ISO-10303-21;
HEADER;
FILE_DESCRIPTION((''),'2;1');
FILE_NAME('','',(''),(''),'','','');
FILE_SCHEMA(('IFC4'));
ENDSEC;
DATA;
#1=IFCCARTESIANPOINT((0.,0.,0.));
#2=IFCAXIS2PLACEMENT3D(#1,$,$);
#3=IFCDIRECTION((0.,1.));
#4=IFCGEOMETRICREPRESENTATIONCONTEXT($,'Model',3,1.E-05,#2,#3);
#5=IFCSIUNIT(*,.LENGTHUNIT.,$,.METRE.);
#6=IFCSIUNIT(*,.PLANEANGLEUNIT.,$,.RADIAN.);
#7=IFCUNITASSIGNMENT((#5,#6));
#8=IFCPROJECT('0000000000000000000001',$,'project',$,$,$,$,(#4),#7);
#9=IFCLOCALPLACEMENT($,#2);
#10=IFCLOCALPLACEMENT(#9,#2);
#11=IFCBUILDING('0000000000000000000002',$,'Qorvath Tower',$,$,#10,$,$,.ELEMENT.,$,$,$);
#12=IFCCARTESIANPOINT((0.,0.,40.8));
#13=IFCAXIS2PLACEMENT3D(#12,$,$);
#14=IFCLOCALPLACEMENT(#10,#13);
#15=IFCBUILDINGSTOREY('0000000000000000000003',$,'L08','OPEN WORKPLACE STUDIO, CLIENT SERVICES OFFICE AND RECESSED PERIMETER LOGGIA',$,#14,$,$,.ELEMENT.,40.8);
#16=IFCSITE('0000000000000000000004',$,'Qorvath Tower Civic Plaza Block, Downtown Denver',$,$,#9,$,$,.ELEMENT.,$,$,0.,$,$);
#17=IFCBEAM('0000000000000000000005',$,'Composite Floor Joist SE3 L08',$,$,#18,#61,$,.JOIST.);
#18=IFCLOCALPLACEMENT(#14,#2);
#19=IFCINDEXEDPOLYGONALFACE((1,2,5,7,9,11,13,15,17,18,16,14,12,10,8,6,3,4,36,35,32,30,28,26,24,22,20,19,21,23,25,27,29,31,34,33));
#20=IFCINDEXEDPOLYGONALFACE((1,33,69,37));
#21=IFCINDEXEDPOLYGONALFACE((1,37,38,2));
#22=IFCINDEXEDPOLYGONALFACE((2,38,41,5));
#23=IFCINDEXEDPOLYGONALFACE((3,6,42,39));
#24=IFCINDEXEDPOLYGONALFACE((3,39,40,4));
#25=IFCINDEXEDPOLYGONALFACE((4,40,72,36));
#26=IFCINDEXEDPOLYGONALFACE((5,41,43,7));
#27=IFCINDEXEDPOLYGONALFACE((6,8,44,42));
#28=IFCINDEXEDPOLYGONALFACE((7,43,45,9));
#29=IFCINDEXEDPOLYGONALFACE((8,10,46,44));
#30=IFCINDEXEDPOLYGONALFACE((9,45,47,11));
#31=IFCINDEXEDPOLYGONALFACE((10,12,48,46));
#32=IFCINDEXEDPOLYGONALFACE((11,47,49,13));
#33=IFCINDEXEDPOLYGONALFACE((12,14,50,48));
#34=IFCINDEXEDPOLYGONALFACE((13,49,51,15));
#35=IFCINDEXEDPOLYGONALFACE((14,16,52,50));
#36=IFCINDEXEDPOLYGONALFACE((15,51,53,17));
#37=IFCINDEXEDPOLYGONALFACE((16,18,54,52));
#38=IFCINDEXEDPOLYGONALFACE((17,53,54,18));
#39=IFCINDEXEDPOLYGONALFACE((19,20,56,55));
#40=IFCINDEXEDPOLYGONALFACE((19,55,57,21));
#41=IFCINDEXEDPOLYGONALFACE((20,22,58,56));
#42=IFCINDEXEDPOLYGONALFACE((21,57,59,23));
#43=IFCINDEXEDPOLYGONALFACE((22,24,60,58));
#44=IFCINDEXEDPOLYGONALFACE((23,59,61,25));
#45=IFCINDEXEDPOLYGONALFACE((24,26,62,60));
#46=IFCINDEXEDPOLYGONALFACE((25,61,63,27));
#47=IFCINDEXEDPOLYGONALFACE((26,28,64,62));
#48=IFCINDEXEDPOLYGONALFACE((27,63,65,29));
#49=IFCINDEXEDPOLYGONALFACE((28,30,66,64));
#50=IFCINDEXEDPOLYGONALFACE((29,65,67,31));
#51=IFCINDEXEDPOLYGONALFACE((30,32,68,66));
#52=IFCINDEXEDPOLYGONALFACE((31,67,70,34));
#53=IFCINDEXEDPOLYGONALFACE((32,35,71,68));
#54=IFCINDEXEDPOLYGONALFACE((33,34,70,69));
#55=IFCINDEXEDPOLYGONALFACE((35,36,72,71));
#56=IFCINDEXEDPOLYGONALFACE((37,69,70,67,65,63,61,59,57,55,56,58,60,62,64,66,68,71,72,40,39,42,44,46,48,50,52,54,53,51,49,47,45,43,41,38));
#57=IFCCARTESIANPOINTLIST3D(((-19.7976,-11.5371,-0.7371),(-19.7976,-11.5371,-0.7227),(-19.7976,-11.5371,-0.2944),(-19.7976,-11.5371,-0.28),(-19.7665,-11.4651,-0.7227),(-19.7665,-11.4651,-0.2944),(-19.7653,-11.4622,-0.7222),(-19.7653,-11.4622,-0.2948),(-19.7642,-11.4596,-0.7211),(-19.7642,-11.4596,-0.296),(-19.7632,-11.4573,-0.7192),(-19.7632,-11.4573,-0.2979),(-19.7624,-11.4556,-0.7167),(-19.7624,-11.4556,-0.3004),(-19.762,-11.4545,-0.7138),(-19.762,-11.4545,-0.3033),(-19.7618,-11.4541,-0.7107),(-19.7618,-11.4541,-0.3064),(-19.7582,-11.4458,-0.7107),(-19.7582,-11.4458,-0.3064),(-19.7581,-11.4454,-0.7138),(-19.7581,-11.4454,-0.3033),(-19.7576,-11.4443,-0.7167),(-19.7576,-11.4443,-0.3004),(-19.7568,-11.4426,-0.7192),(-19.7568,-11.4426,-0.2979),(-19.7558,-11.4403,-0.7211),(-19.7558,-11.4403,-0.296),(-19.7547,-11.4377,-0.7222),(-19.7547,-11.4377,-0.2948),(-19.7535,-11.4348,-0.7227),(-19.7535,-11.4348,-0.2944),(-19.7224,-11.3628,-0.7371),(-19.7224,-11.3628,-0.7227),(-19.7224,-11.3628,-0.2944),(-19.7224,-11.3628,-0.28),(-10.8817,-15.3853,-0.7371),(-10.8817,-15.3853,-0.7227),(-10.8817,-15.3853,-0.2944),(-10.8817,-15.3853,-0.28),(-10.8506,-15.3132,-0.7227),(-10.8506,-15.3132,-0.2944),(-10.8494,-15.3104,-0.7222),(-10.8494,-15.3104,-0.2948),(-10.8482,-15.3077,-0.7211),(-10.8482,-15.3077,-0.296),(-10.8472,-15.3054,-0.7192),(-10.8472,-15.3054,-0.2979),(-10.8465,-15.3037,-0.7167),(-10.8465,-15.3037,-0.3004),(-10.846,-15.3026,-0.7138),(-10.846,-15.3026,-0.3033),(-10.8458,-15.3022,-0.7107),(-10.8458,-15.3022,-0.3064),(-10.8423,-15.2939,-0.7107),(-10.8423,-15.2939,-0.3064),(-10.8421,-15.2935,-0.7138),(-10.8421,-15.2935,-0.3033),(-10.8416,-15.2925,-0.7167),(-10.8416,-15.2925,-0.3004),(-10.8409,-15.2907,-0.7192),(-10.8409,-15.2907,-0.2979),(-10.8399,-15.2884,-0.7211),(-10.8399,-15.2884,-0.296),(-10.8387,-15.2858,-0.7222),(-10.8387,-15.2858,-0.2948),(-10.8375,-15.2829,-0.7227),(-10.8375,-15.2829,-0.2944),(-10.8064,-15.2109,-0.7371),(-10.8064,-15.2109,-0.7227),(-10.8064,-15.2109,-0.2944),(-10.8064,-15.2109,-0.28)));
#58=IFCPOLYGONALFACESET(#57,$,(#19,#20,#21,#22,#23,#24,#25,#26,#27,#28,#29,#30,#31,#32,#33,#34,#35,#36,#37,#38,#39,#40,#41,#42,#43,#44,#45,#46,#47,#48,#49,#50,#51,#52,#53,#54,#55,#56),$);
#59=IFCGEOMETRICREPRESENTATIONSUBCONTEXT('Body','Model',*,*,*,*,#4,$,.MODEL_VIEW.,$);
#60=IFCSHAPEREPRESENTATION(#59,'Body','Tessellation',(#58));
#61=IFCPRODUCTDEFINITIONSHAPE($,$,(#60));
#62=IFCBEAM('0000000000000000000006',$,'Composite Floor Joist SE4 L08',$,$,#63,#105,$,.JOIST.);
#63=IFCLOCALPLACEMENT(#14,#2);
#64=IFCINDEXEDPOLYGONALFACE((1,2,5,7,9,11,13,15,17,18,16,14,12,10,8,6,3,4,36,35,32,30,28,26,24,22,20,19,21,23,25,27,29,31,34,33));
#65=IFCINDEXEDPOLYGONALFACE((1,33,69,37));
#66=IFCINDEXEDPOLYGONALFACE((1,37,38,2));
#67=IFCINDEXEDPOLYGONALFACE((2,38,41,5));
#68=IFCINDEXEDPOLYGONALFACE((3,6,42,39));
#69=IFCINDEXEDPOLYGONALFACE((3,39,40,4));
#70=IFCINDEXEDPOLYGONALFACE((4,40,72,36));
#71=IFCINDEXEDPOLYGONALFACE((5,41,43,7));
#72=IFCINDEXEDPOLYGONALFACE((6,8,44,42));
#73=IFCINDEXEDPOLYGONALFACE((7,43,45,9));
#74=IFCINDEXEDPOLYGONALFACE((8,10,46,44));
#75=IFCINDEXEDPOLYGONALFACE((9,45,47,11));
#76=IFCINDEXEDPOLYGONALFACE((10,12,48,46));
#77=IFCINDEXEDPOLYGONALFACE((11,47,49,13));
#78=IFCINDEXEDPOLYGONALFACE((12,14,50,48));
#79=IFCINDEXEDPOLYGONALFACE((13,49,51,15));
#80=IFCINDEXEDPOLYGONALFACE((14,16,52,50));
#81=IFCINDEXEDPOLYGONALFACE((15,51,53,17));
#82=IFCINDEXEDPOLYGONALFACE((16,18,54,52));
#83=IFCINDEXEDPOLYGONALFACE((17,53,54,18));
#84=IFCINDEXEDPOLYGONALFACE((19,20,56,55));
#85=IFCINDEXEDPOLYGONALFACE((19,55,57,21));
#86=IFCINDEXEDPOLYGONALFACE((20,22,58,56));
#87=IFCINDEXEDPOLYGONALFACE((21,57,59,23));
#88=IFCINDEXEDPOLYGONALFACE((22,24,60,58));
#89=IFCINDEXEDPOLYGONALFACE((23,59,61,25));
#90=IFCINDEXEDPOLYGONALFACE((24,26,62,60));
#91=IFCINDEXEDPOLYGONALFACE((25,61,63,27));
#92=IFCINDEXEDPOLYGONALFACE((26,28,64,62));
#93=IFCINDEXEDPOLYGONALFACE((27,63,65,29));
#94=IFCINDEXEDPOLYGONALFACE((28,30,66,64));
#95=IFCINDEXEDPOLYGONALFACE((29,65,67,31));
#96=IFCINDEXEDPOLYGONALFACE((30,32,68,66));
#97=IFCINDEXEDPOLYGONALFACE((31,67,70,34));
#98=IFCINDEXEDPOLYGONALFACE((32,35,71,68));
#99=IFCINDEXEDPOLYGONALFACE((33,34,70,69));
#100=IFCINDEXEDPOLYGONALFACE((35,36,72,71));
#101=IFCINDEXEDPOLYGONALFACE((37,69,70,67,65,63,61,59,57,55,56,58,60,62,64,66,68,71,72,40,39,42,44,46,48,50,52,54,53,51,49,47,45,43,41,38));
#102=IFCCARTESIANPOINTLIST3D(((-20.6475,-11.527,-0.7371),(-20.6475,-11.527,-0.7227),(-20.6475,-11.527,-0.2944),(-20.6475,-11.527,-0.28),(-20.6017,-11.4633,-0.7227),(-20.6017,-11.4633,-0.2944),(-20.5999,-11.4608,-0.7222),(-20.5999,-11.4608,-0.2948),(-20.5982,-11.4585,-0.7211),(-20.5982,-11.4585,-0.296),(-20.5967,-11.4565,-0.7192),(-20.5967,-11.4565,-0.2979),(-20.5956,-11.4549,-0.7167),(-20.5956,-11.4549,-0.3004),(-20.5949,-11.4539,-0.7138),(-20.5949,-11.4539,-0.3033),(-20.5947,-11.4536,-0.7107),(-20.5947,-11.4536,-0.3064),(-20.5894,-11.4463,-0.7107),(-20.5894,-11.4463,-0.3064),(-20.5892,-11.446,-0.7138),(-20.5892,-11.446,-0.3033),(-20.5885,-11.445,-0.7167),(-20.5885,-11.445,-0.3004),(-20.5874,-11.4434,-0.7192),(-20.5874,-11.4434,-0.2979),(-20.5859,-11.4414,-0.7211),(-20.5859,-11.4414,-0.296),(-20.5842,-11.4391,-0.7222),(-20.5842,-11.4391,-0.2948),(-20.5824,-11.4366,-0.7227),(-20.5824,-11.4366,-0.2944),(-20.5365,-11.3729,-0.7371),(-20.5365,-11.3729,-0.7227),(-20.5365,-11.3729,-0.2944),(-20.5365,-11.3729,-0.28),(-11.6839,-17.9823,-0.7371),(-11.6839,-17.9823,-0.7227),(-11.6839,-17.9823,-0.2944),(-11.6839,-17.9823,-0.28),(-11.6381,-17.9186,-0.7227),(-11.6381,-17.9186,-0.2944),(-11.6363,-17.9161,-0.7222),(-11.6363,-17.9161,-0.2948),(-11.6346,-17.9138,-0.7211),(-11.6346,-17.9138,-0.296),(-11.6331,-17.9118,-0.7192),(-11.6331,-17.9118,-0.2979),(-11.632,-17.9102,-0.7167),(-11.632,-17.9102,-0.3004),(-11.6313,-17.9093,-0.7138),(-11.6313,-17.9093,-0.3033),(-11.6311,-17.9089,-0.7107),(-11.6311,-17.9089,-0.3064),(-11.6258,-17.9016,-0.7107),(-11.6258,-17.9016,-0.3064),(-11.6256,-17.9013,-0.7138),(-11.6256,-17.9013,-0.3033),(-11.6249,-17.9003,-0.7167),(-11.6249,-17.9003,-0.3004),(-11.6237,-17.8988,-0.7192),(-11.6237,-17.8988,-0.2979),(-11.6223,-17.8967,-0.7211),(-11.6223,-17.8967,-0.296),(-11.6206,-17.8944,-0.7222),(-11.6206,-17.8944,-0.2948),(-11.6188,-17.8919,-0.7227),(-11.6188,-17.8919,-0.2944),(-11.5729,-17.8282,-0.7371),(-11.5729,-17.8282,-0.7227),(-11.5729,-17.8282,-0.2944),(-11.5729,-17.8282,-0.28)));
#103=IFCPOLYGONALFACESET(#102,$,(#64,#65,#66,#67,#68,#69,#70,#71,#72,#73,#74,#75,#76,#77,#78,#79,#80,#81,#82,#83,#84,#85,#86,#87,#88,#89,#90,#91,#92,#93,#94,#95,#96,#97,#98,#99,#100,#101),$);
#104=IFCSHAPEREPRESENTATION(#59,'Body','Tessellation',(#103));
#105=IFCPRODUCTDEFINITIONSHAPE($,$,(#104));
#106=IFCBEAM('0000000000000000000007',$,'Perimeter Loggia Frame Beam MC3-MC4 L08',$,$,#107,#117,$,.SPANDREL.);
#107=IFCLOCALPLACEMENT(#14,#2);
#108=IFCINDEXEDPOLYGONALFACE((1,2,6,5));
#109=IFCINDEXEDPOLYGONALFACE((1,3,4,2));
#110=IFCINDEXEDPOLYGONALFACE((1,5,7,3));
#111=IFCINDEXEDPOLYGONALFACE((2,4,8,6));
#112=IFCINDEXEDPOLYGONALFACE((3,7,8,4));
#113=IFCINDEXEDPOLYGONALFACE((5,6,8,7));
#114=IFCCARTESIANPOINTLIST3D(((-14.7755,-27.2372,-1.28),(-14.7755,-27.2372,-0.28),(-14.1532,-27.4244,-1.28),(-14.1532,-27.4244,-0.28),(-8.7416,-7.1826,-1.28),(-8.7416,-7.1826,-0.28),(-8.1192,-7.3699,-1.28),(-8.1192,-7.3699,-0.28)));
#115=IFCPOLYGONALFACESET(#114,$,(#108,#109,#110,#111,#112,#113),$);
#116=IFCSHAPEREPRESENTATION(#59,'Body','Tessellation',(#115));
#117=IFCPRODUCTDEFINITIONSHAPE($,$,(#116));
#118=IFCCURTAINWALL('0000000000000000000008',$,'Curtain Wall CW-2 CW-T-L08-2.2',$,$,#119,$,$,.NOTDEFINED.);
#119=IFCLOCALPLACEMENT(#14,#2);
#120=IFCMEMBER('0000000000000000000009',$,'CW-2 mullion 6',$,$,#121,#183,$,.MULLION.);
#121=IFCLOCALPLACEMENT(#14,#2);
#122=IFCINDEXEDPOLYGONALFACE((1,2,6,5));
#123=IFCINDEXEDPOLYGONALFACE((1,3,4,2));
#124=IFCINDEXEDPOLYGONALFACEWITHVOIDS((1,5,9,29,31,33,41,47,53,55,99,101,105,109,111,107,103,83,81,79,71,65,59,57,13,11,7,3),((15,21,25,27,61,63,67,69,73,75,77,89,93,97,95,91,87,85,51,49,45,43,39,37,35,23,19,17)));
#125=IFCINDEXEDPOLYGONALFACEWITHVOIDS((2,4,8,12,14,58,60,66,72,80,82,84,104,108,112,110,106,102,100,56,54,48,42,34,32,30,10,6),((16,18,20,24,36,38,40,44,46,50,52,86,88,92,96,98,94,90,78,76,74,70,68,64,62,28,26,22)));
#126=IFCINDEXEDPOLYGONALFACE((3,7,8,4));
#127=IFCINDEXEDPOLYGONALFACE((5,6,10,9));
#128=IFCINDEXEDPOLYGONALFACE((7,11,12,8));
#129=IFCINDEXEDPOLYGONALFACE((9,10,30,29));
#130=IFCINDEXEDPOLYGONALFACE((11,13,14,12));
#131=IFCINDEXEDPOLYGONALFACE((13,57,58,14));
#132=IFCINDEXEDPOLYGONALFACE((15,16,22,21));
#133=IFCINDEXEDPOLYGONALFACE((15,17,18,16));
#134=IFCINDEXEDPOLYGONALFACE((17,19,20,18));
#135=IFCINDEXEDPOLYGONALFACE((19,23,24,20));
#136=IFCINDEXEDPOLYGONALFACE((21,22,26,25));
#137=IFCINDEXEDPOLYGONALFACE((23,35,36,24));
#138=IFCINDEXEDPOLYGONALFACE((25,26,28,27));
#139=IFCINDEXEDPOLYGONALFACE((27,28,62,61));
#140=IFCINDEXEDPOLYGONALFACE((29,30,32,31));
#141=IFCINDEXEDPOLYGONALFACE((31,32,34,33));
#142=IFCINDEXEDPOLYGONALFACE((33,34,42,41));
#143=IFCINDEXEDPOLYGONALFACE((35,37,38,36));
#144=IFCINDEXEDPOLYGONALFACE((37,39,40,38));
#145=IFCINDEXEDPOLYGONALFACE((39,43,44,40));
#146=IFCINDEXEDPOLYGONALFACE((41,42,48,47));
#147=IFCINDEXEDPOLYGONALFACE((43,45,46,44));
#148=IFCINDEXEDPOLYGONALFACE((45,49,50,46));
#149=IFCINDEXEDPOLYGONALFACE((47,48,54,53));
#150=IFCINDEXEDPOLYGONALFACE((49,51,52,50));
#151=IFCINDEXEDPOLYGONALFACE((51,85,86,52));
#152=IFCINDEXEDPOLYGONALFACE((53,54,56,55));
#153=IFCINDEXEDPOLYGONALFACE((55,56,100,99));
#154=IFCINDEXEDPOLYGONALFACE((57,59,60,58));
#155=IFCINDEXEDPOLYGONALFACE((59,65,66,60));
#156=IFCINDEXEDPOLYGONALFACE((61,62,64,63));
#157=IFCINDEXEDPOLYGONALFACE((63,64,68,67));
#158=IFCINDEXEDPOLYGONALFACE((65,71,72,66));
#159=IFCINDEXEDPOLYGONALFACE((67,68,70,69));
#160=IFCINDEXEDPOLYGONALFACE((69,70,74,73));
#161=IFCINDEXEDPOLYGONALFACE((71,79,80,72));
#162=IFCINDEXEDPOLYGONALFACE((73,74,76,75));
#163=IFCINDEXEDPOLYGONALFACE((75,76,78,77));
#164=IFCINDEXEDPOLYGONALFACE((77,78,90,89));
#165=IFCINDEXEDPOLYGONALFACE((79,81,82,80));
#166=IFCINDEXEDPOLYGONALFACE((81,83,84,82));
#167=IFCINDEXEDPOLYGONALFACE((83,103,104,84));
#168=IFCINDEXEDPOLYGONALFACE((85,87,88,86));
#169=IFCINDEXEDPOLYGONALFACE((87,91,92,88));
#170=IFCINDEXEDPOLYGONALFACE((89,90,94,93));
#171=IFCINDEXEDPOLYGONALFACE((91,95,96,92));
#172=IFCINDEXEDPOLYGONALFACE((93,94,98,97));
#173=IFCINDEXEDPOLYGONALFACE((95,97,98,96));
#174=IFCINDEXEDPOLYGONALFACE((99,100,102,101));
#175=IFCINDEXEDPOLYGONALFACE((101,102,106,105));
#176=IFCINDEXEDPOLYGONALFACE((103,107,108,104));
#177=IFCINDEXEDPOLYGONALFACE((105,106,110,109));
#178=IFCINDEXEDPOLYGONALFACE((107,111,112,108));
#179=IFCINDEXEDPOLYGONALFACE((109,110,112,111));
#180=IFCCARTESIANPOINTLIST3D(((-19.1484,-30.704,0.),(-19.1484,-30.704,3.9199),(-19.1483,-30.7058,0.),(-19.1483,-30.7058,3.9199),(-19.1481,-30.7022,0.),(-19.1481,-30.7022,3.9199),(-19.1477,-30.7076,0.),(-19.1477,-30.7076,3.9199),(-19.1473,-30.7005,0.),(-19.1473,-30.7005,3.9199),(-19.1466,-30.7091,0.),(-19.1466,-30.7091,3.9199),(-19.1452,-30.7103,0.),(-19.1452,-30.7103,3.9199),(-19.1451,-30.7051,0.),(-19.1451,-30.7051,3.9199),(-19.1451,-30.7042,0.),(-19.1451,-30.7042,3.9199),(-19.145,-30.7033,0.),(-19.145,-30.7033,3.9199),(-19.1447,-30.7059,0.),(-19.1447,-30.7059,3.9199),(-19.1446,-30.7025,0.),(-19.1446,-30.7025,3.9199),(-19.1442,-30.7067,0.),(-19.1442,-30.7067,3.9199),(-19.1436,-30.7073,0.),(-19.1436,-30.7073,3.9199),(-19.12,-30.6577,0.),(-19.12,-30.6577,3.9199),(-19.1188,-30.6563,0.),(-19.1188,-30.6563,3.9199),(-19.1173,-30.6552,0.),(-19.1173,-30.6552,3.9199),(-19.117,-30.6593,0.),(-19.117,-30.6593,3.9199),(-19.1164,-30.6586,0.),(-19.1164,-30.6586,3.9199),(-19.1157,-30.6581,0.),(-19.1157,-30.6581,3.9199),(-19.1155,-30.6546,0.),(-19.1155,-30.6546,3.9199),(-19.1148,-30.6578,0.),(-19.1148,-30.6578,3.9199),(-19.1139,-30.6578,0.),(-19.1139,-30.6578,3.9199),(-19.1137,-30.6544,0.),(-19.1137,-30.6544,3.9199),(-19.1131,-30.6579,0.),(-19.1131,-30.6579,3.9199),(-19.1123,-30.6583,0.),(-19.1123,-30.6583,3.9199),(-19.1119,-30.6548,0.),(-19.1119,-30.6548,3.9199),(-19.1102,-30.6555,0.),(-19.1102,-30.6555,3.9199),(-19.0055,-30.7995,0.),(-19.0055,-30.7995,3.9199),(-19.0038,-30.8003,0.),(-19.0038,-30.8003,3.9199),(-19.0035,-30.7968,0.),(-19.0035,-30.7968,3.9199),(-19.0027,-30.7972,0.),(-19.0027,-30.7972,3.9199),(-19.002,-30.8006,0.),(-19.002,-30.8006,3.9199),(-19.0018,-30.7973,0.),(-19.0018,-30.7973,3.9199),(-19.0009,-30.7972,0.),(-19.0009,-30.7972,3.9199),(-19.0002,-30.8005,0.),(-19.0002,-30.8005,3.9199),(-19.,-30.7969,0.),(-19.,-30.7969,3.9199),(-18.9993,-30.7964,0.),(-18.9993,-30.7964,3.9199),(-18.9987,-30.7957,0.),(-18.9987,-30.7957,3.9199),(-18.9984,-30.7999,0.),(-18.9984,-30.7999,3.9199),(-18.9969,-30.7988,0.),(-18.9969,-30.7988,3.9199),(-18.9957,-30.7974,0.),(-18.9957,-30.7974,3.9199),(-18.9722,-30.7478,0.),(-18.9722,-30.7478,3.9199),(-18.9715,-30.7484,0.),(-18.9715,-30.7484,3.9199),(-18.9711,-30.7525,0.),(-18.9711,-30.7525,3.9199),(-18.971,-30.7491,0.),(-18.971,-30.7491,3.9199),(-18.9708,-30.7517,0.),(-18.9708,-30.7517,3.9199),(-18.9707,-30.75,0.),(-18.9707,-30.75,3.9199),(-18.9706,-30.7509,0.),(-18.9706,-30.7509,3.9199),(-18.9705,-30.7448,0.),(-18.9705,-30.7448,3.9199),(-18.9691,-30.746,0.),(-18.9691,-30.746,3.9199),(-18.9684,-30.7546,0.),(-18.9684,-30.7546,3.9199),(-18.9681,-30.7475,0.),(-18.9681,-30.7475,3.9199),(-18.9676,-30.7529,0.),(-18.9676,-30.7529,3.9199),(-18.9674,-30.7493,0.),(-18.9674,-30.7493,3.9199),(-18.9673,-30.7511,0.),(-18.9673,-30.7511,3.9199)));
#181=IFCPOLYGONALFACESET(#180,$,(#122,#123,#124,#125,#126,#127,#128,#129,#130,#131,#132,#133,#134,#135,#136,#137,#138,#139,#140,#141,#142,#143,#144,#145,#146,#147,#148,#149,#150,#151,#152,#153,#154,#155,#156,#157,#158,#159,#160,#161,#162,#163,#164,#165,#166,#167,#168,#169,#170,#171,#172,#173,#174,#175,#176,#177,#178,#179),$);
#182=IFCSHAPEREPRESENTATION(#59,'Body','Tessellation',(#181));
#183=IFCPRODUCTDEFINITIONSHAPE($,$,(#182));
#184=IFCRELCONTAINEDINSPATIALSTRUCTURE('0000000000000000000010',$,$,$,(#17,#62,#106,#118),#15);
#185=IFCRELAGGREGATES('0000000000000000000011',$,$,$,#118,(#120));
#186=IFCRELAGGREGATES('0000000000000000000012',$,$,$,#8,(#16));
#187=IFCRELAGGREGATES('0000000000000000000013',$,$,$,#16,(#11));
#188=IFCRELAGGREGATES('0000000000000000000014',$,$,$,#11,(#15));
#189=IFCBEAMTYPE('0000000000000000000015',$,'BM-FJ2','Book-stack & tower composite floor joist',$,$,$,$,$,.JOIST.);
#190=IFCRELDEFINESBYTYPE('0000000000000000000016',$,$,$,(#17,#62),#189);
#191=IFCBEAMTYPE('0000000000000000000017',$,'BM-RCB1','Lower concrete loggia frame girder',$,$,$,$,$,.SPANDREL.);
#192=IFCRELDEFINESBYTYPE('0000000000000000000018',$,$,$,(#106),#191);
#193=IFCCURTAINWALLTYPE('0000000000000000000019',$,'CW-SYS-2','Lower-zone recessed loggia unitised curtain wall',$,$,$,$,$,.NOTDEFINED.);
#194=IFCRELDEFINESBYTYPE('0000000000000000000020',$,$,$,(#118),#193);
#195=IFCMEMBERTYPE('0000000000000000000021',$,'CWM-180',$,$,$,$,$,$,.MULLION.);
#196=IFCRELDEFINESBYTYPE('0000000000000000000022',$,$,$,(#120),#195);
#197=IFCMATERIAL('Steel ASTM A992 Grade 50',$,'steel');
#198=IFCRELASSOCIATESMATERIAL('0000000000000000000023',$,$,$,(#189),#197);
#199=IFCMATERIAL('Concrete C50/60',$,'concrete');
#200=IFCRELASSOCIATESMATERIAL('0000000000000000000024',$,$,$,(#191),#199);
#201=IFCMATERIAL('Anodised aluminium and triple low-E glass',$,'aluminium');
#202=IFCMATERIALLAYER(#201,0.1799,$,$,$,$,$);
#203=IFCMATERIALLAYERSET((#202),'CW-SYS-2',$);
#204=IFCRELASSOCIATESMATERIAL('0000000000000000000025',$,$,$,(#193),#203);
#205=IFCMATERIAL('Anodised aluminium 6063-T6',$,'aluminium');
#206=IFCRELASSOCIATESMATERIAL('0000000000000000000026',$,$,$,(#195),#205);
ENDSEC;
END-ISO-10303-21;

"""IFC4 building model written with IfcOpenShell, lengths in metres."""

from ifc_helpers import new_model, si_unit, direction, frame, origin, origin_2d, place, context, subcontext, project, spatial, rectangle, hollow_rectangle, i_section, extrude, material, layer, layer_set, material_profile, profile_set, type_object, element, aggregate, save


model = new_model("IFC4")

# Units and contexts
model_context = context("Model", 3, precision=1e-05, world=origin(), true_north=direction((0.0, 1.0)))
body_context = subcontext(model_context, "Body", "Model", "MODEL_VIEW")
ifc_project = project(units=[si_unit("LENGTHUNIT", "METRE"), si_unit("PLANEANGLEUNIT", "RADIAN")], contexts=[model_context])

# Site, building, storey
site_placement = place(None, origin())
site = spatial("IfcSite", under=ifc_project, at=site_placement, Name="Qorvath Tower Civic Plaza Block, Downtown Denver", CompositionType="ELEMENT", RefElevation=0.0)
building_placement = place(site_placement, origin())
building = spatial("IfcBuilding", under=site, at=building_placement, Name="Qorvath Tower", CompositionType="ELEMENT")
storey_placement = place(building_placement, frame((0.0, 0.0, 40.8)))
storey = spatial("IfcBuildingStorey", under=building, at=storey_placement, Name="L08", Description="OPEN WORKPLACE STUDIO, CLIENT SERVICES OFFICE AND RECESSED PERIMETER LOGGIA", CompositionType="ELEMENT", Elevation=40.8)

# Beams
ifc_material_1 = material(Name="Steel ASTM A992 Grade 50", Category="steel")
ifc_material_profile_1 = material_profile(ifc_material_1, i_section(OverallWidth=0.1899, OverallDepth=0.457, WebThickness=0.009, FlangeThickness=0.0144, FilletRadius=0.012, at=origin_2d()), Name="W18x50")
ifc_profile_set_1 = profile_set([ifc_material_profile_1], Name="Steel ASTM A992 Grade 50")
beam_type_1 = type_object("IfcBeamType", Name="BM-FJ2", Description="Book-stack & tower composite floor joist", PredefinedType="JOIST", material=ifc_profile_set_1)
beam_1_placement = place(storey_placement, frame((-19.76, -11.45, -0.5085), z_axis=(0.918136, -0.396266, 0.0), x_axis=(0.396266, 0.918136, 0.0)))
element("IfcBeam", 1, at=beam_1_placement, inside=storey, type_object=beam_type_1, Name="Composite Floor Joist SE3 L08", PredefinedType="JOIST", context=body_context, shape_type="SweptSolid", body=[
    extrude(i_section(OverallWidth=0.1899, OverallDepth=0.457, WebThickness=0.009, FlangeThickness=0.0144, FilletRadius=0.012, at=origin_2d()), origin(), (0.0, 0.0, 1.0), 9.7109),
])
beam_2_placement = place(storey_placement, frame((-20.592, -11.45, -0.5085), z_axis=(0.811469, -0.584395, 0.0), x_axis=(0.584395, 0.811469, 0.0)))
element("IfcBeam", 2, at=beam_2_placement, inside=storey, type_object=beam_type_1, Name="Composite Floor Joist SE4 L08", PredefinedType="JOIST", context=body_context, shape_type="SweptSolid", body=[
    extrude(i_section(OverallWidth=0.1899, OverallDepth=0.457, WebThickness=0.009, FlangeThickness=0.0144, FilletRadius=0.012, at=origin_2d()), origin(), (0.0, 0.0, 1.0), 11.0461),
])
ifc_material_2 = material(Name="Concrete C50/60", Category="concrete")
ifc_material_profile_2 = material_profile(ifc_material_2, rectangle(XDim=0.6499, YDim=1.0, at=origin_2d()), Name="RCB 1000x650")
ifc_profile_set_2 = profile_set([ifc_material_profile_2], Name="Concrete C50/60")
beam_type_2 = type_object("IfcBeamType", Name="BM-RCB1", Description="Lower concrete loggia frame girder", PredefinedType="SPANDREL", material=ifc_profile_set_2)
beam_3_placement = place(storey_placement, frame((-14.4644, -27.3308, -0.78), z_axis=(0.288119, 0.957595, 0.0), x_axis=(-0.957595, 0.288119, 0.0)))
element("IfcBeam", 3, at=beam_3_placement, inside=storey, type_object=beam_type_2, Name="Perimeter Loggia Frame Beam MC3-MC4 L08", PredefinedType="SPANDREL", context=body_context, shape_type="SweptSolid", body=[
    extrude(rectangle(XDim=0.6499, YDim=1.0, at=origin_2d()), origin(), (0.0, 0.0, 1.0), 20.9426),
])

# Curtain wall, member
ifc_material_3 = material(Name="Anodised aluminium and triple low-E glass", Category="aluminium")
ifc_layer_1 = layer(ifc_material_3, 0.1799)
ifc_layer_set_1 = layer_set([ifc_layer_1], Name="CW-SYS-2")
curtain_wall_type = type_object("IfcCurtainWallType", Name="CW-SYS-2", Description="Lower-zone recessed loggia unitised curtain wall", PredefinedType="NOTDEFINED", material=ifc_layer_set_1)
curtain_wall_1_placement = place(storey_placement, origin())
curtain_wall_1 = element("IfcCurtainWall", 4, at=curtain_wall_1_placement, inside=storey, type_object=curtain_wall_type, Name="Curtain Wall CW-2 CW-T-L08-2.2", PredefinedType="NOTDEFINED")
ifc_material_4 = material(Name="Anodised aluminium 6063-T6", Category="aluminium")
ifc_material_profile_3 = material_profile(ifc_material_4, hollow_rectangle(XDim=0.0649, YDim=0.1799, WallThickness=0.0034, InnerFilletRadius=0.0034, OuterFilletRadius=0.0071, at=origin_2d()), Name="CWM 180x65")
ifc_profile_set_3 = profile_set([ifc_material_profile_3], Name="Anodised aluminium 6063-T6")
member_type_1 = type_object("IfcMemberType", Name="CWM-180", PredefinedType="MULLION", material=ifc_profile_set_3)
member_1_placement = place(storey_placement, frame((-19.0579, -30.7275, 0.0), z_axis=(0.0, 0.0, 1.0), x_axis=(0.538537, 0.842602, 0.0)))
member_1 = element("IfcMember", 5, at=member_1_placement, type_object=member_type_1, Name="CW-2 mullion 6", PredefinedType="MULLION", context=body_context, shape_type="SweptSolid", body=[
    extrude(hollow_rectangle(XDim=0.0649, YDim=0.1799, WallThickness=0.0034, InnerFilletRadius=0.0034, OuterFilletRadius=0.0071, at=origin_2d()), origin(), (0.0, 0.0, 1.0), 3.9199),
])

aggregate(curtain_wall_1, [member_1])

save(model, "model.ifc")
